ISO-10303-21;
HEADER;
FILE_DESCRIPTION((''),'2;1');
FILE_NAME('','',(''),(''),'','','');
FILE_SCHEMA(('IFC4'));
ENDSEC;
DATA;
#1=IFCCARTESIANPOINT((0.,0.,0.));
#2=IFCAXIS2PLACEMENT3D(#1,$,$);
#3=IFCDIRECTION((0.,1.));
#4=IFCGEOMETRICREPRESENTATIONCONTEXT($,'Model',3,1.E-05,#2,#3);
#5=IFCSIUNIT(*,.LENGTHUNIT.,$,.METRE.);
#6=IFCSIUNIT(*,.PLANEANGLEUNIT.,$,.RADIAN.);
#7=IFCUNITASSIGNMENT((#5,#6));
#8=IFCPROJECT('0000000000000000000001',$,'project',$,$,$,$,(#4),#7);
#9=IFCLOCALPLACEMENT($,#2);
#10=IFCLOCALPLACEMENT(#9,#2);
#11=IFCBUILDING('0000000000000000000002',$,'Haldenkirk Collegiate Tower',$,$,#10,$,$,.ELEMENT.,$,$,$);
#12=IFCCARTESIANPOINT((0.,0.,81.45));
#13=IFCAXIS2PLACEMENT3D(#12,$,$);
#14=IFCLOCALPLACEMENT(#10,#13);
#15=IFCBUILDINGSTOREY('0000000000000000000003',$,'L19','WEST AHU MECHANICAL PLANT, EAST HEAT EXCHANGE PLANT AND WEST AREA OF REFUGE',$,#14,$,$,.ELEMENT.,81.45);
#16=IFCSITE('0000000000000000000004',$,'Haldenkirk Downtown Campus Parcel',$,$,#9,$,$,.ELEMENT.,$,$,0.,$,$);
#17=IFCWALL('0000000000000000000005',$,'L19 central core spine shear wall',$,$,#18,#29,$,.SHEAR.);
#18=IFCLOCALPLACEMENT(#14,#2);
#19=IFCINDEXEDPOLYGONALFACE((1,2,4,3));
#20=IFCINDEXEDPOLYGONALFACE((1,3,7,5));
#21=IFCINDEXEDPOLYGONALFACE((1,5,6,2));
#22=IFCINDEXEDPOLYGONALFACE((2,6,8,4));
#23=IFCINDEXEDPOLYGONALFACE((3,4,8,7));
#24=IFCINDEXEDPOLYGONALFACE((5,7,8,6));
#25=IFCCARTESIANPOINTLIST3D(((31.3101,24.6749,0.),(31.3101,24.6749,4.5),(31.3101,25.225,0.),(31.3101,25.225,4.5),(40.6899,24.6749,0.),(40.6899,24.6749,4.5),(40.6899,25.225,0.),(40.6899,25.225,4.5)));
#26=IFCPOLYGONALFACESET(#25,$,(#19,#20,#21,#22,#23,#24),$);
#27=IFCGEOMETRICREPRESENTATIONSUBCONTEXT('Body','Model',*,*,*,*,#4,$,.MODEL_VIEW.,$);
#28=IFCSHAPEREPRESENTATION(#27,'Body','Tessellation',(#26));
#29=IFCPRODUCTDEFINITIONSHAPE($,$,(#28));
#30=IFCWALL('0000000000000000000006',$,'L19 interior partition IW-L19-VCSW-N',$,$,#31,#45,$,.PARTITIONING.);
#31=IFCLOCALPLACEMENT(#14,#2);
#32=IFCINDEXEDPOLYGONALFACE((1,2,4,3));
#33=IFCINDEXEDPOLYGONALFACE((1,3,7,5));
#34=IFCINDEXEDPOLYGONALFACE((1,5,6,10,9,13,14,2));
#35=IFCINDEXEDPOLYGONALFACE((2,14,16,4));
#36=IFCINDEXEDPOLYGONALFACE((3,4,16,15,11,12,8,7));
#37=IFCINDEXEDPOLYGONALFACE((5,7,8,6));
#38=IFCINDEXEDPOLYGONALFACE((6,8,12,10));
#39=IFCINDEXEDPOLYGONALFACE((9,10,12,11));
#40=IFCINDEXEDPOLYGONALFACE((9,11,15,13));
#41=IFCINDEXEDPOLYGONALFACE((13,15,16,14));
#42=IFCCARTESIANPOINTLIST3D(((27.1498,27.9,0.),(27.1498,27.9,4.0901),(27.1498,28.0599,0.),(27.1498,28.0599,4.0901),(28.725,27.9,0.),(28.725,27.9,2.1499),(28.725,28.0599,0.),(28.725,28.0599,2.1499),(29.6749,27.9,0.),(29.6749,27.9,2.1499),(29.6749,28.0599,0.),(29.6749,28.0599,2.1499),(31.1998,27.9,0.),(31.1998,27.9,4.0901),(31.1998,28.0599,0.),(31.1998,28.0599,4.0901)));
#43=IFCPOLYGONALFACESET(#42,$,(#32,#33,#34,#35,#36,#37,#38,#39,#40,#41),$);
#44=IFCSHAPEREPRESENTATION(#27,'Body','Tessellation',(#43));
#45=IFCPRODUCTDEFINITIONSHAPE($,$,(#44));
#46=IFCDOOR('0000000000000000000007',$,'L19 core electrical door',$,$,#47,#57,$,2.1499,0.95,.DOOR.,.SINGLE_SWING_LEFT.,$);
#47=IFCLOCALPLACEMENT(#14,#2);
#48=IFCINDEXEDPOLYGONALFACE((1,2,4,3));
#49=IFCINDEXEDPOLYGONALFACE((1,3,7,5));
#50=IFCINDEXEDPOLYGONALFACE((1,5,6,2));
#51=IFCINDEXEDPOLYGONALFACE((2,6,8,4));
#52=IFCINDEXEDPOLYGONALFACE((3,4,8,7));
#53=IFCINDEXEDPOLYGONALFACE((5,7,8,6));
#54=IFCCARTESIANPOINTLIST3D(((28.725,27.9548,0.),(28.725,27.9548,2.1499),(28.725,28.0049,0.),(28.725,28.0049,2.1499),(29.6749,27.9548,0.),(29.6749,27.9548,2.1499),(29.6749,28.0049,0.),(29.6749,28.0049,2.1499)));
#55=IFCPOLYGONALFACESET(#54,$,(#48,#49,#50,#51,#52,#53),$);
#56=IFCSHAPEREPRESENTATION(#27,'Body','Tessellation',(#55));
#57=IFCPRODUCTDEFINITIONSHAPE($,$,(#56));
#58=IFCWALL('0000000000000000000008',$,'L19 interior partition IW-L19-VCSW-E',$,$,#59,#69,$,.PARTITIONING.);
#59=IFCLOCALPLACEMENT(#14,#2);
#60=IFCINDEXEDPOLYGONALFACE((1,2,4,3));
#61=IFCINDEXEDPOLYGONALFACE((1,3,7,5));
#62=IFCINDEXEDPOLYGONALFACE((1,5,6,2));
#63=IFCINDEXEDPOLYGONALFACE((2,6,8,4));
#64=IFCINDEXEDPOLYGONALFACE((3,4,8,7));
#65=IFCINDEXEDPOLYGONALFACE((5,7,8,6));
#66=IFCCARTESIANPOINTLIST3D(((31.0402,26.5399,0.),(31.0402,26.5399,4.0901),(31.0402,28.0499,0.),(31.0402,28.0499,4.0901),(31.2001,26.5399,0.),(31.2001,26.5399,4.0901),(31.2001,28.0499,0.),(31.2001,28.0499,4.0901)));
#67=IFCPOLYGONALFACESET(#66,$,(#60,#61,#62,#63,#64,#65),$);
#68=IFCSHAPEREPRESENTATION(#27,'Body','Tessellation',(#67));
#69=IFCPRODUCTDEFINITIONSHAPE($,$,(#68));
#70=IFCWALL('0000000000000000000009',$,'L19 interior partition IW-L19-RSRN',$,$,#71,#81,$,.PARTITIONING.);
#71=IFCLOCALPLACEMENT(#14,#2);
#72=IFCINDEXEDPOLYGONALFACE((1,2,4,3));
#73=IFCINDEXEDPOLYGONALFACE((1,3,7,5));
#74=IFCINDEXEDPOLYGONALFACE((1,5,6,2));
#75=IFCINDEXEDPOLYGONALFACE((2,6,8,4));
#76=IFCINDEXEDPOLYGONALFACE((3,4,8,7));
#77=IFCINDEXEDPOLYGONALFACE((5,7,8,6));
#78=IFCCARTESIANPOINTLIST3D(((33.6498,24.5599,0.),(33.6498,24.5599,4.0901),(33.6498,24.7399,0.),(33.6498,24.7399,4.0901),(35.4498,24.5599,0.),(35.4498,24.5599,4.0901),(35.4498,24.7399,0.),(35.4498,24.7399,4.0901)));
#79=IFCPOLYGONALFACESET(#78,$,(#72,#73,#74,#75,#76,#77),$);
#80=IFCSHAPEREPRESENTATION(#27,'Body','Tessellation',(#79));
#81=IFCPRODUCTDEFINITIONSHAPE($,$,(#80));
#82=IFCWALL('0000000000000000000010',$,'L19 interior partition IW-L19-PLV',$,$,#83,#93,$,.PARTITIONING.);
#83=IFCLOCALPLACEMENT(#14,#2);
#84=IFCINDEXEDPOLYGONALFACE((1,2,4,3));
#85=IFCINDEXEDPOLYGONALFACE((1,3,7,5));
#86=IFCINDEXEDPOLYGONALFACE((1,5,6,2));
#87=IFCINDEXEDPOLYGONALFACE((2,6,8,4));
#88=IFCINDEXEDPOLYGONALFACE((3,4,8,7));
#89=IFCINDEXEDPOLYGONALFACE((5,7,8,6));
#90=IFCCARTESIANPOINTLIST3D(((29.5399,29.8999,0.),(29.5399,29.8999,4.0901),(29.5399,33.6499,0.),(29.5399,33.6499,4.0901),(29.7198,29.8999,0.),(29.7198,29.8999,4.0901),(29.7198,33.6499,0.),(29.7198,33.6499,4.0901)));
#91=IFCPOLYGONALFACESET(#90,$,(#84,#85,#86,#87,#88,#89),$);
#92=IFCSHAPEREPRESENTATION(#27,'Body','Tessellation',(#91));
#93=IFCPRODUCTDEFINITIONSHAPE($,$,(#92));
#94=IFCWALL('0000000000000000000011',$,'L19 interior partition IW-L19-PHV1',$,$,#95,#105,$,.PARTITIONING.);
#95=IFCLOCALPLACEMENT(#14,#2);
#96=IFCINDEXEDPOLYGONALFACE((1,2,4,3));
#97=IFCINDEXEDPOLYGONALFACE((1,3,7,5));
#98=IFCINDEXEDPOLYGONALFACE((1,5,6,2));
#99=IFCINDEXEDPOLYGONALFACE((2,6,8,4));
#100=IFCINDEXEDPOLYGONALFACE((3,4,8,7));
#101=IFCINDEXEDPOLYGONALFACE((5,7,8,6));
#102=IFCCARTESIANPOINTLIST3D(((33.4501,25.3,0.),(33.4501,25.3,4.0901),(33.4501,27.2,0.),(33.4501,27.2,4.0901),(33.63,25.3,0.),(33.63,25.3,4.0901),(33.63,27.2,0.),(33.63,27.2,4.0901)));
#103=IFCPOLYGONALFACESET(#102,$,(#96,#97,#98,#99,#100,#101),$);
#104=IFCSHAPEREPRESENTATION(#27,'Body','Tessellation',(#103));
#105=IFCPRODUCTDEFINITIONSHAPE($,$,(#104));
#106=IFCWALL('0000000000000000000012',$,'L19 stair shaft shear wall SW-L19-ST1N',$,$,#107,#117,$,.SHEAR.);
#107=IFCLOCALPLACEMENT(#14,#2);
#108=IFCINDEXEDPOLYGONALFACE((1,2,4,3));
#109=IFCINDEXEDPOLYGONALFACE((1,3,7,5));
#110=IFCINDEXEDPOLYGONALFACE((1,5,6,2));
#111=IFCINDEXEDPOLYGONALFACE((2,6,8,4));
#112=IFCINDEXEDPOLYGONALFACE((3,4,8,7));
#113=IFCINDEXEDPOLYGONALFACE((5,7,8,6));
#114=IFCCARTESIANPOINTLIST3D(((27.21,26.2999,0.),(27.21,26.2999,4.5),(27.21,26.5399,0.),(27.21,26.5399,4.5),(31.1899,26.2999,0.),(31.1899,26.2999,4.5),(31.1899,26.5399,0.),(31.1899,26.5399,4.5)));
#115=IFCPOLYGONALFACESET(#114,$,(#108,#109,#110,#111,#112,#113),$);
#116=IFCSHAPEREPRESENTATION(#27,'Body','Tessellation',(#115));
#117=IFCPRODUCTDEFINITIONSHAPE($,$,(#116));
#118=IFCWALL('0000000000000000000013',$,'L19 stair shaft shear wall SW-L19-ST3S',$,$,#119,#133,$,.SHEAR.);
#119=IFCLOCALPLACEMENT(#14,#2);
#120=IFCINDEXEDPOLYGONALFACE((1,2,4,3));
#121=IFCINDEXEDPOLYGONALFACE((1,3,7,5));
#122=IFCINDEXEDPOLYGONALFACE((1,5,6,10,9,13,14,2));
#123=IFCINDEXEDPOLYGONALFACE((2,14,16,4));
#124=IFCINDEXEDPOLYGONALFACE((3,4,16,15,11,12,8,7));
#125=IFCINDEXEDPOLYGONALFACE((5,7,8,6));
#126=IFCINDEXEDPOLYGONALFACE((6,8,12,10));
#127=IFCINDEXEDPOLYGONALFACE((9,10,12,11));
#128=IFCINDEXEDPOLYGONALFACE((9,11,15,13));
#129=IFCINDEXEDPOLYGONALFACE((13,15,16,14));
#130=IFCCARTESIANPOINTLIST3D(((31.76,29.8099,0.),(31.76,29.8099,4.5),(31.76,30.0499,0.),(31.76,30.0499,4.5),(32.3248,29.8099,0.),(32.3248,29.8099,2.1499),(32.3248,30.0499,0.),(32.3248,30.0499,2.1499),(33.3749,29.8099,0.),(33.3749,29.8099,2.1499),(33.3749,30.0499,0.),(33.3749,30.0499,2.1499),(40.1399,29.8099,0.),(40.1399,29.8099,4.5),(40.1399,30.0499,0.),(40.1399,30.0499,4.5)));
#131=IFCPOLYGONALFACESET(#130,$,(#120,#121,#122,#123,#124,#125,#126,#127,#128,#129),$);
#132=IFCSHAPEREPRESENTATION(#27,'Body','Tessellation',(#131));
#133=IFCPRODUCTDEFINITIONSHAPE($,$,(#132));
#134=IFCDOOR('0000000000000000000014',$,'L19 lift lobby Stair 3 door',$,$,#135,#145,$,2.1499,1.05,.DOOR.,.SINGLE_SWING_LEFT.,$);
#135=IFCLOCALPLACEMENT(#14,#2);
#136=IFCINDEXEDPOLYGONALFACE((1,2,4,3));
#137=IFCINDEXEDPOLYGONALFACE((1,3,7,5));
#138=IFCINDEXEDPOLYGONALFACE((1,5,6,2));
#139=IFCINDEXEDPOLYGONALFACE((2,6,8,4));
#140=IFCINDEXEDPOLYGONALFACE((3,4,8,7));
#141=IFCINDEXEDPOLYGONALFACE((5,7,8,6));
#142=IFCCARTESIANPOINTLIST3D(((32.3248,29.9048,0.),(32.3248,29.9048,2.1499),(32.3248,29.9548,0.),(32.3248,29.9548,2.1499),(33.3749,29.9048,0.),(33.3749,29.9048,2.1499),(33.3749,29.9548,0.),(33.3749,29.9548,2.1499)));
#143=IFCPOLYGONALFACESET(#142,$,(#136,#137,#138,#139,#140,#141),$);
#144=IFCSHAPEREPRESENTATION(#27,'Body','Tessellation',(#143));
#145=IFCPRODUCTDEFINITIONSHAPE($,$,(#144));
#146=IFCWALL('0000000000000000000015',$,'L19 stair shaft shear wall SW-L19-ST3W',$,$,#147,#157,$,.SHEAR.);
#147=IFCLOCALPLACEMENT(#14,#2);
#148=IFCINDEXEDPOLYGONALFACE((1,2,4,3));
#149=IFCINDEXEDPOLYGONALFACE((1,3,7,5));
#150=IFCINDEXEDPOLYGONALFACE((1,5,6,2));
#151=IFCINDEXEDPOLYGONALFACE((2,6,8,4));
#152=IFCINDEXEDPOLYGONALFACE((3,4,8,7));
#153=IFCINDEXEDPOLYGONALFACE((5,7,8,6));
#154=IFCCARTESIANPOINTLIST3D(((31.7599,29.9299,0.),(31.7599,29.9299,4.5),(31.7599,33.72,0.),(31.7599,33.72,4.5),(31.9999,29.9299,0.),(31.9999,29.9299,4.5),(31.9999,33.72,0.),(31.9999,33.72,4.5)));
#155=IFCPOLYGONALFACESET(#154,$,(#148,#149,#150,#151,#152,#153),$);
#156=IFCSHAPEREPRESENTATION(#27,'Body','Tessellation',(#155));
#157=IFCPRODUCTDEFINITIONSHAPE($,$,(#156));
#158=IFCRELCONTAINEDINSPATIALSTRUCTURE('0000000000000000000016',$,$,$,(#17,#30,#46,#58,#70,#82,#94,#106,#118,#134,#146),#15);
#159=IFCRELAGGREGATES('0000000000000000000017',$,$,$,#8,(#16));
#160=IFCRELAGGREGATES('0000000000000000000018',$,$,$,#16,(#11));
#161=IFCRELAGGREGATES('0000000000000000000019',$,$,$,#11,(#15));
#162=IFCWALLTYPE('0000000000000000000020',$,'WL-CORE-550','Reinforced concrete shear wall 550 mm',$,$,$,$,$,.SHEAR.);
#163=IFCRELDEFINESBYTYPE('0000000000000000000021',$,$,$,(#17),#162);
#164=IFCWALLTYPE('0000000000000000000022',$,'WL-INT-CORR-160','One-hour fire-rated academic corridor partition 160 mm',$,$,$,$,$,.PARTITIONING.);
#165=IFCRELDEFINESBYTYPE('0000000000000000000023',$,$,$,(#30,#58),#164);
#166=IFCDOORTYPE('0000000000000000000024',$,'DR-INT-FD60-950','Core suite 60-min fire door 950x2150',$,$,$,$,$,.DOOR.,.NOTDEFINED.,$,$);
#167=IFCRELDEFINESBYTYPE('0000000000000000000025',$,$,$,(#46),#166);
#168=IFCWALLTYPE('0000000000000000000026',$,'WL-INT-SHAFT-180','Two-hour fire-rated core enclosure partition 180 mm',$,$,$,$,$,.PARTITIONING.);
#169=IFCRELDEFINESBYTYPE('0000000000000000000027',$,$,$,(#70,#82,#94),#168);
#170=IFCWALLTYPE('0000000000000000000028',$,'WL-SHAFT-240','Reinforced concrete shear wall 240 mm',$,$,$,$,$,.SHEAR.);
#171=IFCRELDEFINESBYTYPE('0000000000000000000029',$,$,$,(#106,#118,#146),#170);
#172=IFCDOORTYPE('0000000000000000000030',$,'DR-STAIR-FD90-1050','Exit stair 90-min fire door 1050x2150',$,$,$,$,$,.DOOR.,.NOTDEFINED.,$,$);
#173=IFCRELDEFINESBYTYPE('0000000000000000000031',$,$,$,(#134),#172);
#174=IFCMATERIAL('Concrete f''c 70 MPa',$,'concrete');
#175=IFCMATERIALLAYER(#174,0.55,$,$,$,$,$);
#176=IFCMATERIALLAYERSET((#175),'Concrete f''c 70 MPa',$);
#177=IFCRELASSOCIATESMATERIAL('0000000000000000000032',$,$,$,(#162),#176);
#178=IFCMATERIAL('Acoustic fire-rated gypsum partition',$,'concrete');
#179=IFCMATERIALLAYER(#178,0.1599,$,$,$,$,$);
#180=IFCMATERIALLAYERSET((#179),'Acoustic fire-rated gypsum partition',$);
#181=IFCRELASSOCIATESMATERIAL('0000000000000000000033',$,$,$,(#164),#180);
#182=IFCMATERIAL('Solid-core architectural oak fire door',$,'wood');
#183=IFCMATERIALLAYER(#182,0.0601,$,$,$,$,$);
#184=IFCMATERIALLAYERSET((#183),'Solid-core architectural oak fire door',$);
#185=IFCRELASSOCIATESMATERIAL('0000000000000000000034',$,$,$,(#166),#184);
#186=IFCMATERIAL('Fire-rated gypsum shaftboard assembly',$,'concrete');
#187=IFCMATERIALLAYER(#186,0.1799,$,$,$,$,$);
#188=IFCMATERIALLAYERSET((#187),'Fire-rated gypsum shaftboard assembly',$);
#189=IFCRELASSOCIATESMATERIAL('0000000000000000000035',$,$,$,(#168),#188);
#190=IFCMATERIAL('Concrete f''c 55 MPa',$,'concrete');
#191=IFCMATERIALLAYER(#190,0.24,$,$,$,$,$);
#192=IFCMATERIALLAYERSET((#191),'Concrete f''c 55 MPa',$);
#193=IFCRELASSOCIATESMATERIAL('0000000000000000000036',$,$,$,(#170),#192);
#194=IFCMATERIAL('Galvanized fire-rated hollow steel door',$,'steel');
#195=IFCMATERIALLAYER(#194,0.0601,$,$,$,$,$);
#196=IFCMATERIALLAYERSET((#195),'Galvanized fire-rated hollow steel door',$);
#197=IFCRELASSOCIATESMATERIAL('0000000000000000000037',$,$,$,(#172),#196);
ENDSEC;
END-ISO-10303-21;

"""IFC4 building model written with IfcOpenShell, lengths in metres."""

from ifc_helpers import new_model, si_unit, direction, frame, frame_2d, origin, place, context, subcontext, project, spatial, rectangle, extrude, material, layer, layer_set, type_object, element, fill, save


model = new_model("IFC4")

# Units and contexts
model_context = context("Model", 3, precision=1e-05, world=origin(), true_north=direction((0.0, 1.0)))
body_context = subcontext(model_context, "Body", "Model", "MODEL_VIEW")
ifc_project = project(units=[si_unit("LENGTHUNIT", "METRE"), si_unit("PLANEANGLEUNIT", "RADIAN")], contexts=[model_context])

# Site, building, storey
site_placement = place(None, origin())
site = spatial("IfcSite", under=ifc_project, at=site_placement, Name="Haldenkirk Downtown Campus Parcel", CompositionType="ELEMENT", RefElevation=0.0)
building_placement = place(site_placement, origin())
building = spatial("IfcBuilding", under=site, at=building_placement, Name="Haldenkirk Collegiate Tower", CompositionType="ELEMENT")
storey_placement = place(building_placement, frame((0.0, 0.0, 81.45)))
storey = spatial("IfcBuildingStorey", under=building, at=storey_placement, Name="L19", Description="WEST AHU MECHANICAL PLANT, EAST HEAT EXCHANGE PLANT AND WEST AREA OF REFUGE", CompositionType="ELEMENT", Elevation=81.45)

# Wall
ifc_material_1 = material(Name="Concrete f'c 70 MPa", Category="concrete")
ifc_layer_1 = layer(ifc_material_1, 0.55)
ifc_layer_set_1 = layer_set([ifc_layer_1], Name="Concrete f'c 70 MPa")
wall_type_1 = type_object("IfcWallType", Name="WL-CORE-550", Description="Reinforced concrete shear wall 550 mm", PredefinedType="SHEAR", material=ifc_layer_set_1)
wall_1_placement = place(storey_placement, frame((31.3101, 24.95, 0.0), z_axis=(0.0, 0.0, 1.0), x_axis=(1.0, 0.0, 0.0)))
element("IfcWall", 1, at=wall_1_placement, inside=storey, type_object=wall_type_1, Name="L19 central core spine shear wall", PredefinedType="SHEAR", context=body_context, shape_type="SweptSolid", body=[
    extrude(rectangle(XDim=9.3799, YDim=0.55, at=frame_2d((4.6899, 0.0))), origin(), (0.0, 0.0, 1.0), 4.5),
])

# Wall, opening, door
ifc_material_2 = material(Name="Acoustic fire-rated gypsum partition", Category="concrete")
ifc_layer_2 = layer(ifc_material_2, 0.1599)
ifc_layer_set_2 = layer_set([ifc_layer_2], Name="Acoustic fire-rated gypsum partition")
wall_type_2 = type_object("IfcWallType", Name="WL-INT-CORR-160", Description="One-hour fire-rated academic corridor partition 160 mm", PredefinedType="PARTITIONING", material=ifc_layer_set_2)
wall_2_placement = place(storey_placement, frame((27.1499, 27.98, 0.0), z_axis=(0.0, 0.0, 1.0), x_axis=(1.0, 0.0, 0.0)))
wall_2 = element("IfcWall", 2, at=wall_2_placement, inside=storey, type_object=wall_type_2, Name="L19 interior partition IW-L19-VCSW-N", PredefinedType="PARTITIONING", context=body_context, shape_type="SweptSolid", body=[
    extrude(rectangle(XDim=4.05, YDim=0.1599, at=frame_2d((2.0249, 0.0))), origin(), (0.0, 0.0, 1.0), 4.0901),
])
opening_1_placement = place(wall_2_placement, frame((1.575, 0.0, 0.0)))
opening_1 = element("IfcOpeningElement", 3, at=opening_1_placement, cuts=wall_2, PredefinedType="OPENING", context=body_context, shape_type="SweptSolid", body=[
    extrude(rectangle(XDim=0.95, YDim=2.1499, at=frame_2d((0.4751, 1.075))), frame((0.0, 0.0898, 0.0), z_axis=(0.0, -1.0, 0.0), x_axis=(1.0, 0.0, 0.0)), (0.0, 0.0, 1.0), 0.1799),
])
ifc_material_3 = material(Name="Solid-core architectural oak fire door", Category="wood")
ifc_layer_3 = layer(ifc_material_3, 0.0601)
ifc_layer_set_3 = layer_set([ifc_layer_3], Name="Solid-core architectural oak fire door")
door_type_1 = type_object("IfcDoorType", Name="DR-INT-FD60-950", Description="Core suite 60-min fire door 950x2150", OperationType="NOTDEFINED", PredefinedType="DOOR", material=ifc_layer_set_3)
door_1_placement = place(opening_1_placement, origin())
door_1 = element("IfcDoor", 4, at=door_1_placement, inside=storey, type_object=door_type_1, Name="L19 core electrical door", OperationType="SINGLE_SWING_LEFT", OverallHeight=2.1499, OverallWidth=0.95, PredefinedType="DOOR", context=body_context, shape_type="SweptSolid", body=[
    extrude(rectangle(XDim=0.95, YDim=2.1499, at=frame_2d((0.4751, 1.075))), frame((0.0, 0.0249, 0.0), z_axis=(0.0, -1.0, 0.0), x_axis=(1.0, 0.0, 0.0)), (0.0, 0.0, 1.0), 0.05),
])
fill(opening_1, door_1)

# Walls
wall_3_placement = place(storey_placement, frame((31.1201, 26.54, 0.0), z_axis=(0.0, 0.0, 1.0), x_axis=(0.0, 1.0, 0.0)))
element("IfcWall", 5, at=wall_3_placement, inside=storey, type_object=wall_type_2, Name="L19 interior partition IW-L19-VCSW-E", PredefinedType="PARTITIONING", context=body_context, shape_type="SweptSolid", body=[
    extrude(rectangle(XDim=1.51, YDim=0.1599, at=frame_2d((0.7549, 0.0))), origin(), (0.0, 0.0, 1.0), 4.0901),
])
ifc_material_4 = material(Name="Fire-rated gypsum shaftboard assembly", Category="concrete")
ifc_layer_4 = layer(ifc_material_4, 0.1799)
ifc_layer_set_4 = layer_set([ifc_layer_4], Name="Fire-rated gypsum shaftboard assembly")
wall_type_3 = type_object("IfcWallType", Name="WL-INT-SHAFT-180", Description="Two-hour fire-rated core enclosure partition 180 mm", PredefinedType="PARTITIONING", material=ifc_layer_set_4)
wall_4_placement = place(storey_placement, frame((33.6499, 24.6499, 0.0), z_axis=(0.0, 0.0, 1.0), x_axis=(1.0, 0.0, 0.0)))
element("IfcWall", 6, at=wall_4_placement, inside=storey, type_object=wall_type_3, Name="L19 interior partition IW-L19-RSRN", PredefinedType="PARTITIONING", context=body_context, shape_type="SweptSolid", body=[
    extrude(rectangle(XDim=1.8, YDim=0.1799, at=frame_2d((0.8999, 0.0))), origin(), (0.0, 0.0, 1.0), 4.0901),
])

# Wall
wall_5_placement = place(storey_placement, frame((29.6299, 29.8999, 0.0), z_axis=(0.0, 0.0, 1.0), x_axis=(0.0, 1.0, 0.0)))
element("IfcWall", 7, at=wall_5_placement, inside=storey, type_object=wall_type_3, Name="L19 interior partition IW-L19-PLV", PredefinedType="PARTITIONING", context=body_context, shape_type="SweptSolid", body=[
    extrude(rectangle(XDim=3.75, YDim=0.1799, at=frame_2d((1.875, 0.0))), origin(), (0.0, 0.0, 1.0), 4.0901),
])

# Walls
wall_6_placement = place(storey_placement, frame((33.54, 25.3, 0.0), z_axis=(0.0, 0.0, 1.0), x_axis=(0.0, 1.0, 0.0)))
element("IfcWall", 8, at=wall_6_placement, inside=storey, type_object=wall_type_3, Name="L19 interior partition IW-L19-PHV1", PredefinedType="PARTITIONING", context=body_context, shape_type="SweptSolid", body=[
    extrude(rectangle(XDim=1.8999, YDim=0.1799, at=frame_2d((0.95, 0.0))), origin(), (0.0, 0.0, 1.0), 4.0901),
])
ifc_material_5 = material(Name="Concrete f'c 55 MPa", Category="concrete")
ifc_layer_5 = layer(ifc_material_5, 0.24)
ifc_layer_set_5 = layer_set([ifc_layer_5], Name="Concrete f'c 55 MPa")
wall_type_4 = type_object("IfcWallType", Name="WL-SHAFT-240", Description="Reinforced concrete shear wall 240 mm", PredefinedType="SHEAR", material=ifc_layer_set_5)
wall_7_placement = place(storey_placement, frame((27.21, 26.4199, 0.0), z_axis=(0.0, 0.0, 1.0), x_axis=(1.0, 0.0, 0.0)))
element("IfcWall", 9, at=wall_7_placement, inside=storey, type_object=wall_type_4, Name="L19 stair shaft shear wall SW-L19-ST1N", PredefinedType="SHEAR", context=body_context, shape_type="SweptSolid", body=[
    extrude(rectangle(XDim=3.98, YDim=0.24, at=frame_2d((1.99, 0.0))), origin(), (0.0, 0.0, 1.0), 4.5),
])

# Wall, opening, door
wall_8_placement = place(storey_placement, frame((31.76, 29.9299, 0.0), z_axis=(0.0, 0.0, 1.0), x_axis=(1.0, 0.0, 0.0)))
wall_8 = element("IfcWall", 10, at=wall_8_placement, inside=storey, type_object=wall_type_4, Name="L19 stair shaft shear wall SW-L19-ST3S", PredefinedType="SHEAR", context=body_context, shape_type="SweptSolid", body=[
    extrude(rectangle(XDim=8.3799, YDim=0.24, at=frame_2d((4.1899, 0.0))), origin(), (0.0, 0.0, 1.0), 4.5),
])
opening_2_placement = place(wall_8_placement, frame((0.5649, 0.0, 0.0)))
opening_2 = element("IfcOpeningElement", 11, at=opening_2_placement, cuts=wall_8, PredefinedType="OPENING", context=body_context, shape_type="SweptSolid", body=[
    extrude(rectangle(XDim=1.05, YDim=2.1499, at=frame_2d((0.5249, 1.075))), frame((0.0, 0.1299, 0.0), z_axis=(0.0, -1.0, 0.0), x_axis=(1.0, 0.0, 0.0)), (0.0, 0.0, 1.0), 0.26),
])
ifc_material_6 = material(Name="Galvanized fire-rated hollow steel door", Category="steel")
ifc_layer_6 = layer(ifc_material_6, 0.0601)
ifc_layer_set_6 = layer_set([ifc_layer_6], Name="Galvanized fire-rated hollow steel door")
door_type_2 = type_object("IfcDoorType", Name="DR-STAIR-FD90-1050", Description="Exit stair 90-min fire door 1050x2150", OperationType="NOTDEFINED", PredefinedType="DOOR", material=ifc_layer_set_6)
door_2_placement = place(opening_2_placement, origin())
door_2 = element("IfcDoor", 12, at=door_2_placement, inside=storey, type_object=door_type_2, Name="L19 lift lobby Stair 3 door", OperationType="SINGLE_SWING_LEFT", OverallHeight=2.1499, OverallWidth=1.05, PredefinedType="DOOR", context=body_context, shape_type="SweptSolid", body=[
    extrude(rectangle(XDim=1.05, YDim=2.1499, at=frame_2d((0.5249, 1.075))), frame((0.0, 0.0249, 0.0), z_axis=(0.0, -1.0, 0.0), x_axis=(1.0, 0.0, 0.0)), (0.0, 0.0, 1.0), 0.05),
])
fill(opening_2, door_2)

# Wall
wall_9_placement = place(storey_placement, frame((31.8799, 29.9299, 0.0), z_axis=(0.0, 0.0, 1.0), x_axis=(0.0, 1.0, 0.0)))
element("IfcWall", 13, at=wall_9_placement, inside=storey, type_object=wall_type_4, Name="L19 stair shaft shear wall SW-L19-ST3W", PredefinedType="SHEAR", context=body_context, shape_type="SweptSolid", body=[
    extrude(rectangle(XDim=3.79, YDim=0.24, at=frame_2d((1.895, 0.0))), origin(), (0.0, 0.0, 1.0), 4.5),
])

save(model, "model.ifc")
